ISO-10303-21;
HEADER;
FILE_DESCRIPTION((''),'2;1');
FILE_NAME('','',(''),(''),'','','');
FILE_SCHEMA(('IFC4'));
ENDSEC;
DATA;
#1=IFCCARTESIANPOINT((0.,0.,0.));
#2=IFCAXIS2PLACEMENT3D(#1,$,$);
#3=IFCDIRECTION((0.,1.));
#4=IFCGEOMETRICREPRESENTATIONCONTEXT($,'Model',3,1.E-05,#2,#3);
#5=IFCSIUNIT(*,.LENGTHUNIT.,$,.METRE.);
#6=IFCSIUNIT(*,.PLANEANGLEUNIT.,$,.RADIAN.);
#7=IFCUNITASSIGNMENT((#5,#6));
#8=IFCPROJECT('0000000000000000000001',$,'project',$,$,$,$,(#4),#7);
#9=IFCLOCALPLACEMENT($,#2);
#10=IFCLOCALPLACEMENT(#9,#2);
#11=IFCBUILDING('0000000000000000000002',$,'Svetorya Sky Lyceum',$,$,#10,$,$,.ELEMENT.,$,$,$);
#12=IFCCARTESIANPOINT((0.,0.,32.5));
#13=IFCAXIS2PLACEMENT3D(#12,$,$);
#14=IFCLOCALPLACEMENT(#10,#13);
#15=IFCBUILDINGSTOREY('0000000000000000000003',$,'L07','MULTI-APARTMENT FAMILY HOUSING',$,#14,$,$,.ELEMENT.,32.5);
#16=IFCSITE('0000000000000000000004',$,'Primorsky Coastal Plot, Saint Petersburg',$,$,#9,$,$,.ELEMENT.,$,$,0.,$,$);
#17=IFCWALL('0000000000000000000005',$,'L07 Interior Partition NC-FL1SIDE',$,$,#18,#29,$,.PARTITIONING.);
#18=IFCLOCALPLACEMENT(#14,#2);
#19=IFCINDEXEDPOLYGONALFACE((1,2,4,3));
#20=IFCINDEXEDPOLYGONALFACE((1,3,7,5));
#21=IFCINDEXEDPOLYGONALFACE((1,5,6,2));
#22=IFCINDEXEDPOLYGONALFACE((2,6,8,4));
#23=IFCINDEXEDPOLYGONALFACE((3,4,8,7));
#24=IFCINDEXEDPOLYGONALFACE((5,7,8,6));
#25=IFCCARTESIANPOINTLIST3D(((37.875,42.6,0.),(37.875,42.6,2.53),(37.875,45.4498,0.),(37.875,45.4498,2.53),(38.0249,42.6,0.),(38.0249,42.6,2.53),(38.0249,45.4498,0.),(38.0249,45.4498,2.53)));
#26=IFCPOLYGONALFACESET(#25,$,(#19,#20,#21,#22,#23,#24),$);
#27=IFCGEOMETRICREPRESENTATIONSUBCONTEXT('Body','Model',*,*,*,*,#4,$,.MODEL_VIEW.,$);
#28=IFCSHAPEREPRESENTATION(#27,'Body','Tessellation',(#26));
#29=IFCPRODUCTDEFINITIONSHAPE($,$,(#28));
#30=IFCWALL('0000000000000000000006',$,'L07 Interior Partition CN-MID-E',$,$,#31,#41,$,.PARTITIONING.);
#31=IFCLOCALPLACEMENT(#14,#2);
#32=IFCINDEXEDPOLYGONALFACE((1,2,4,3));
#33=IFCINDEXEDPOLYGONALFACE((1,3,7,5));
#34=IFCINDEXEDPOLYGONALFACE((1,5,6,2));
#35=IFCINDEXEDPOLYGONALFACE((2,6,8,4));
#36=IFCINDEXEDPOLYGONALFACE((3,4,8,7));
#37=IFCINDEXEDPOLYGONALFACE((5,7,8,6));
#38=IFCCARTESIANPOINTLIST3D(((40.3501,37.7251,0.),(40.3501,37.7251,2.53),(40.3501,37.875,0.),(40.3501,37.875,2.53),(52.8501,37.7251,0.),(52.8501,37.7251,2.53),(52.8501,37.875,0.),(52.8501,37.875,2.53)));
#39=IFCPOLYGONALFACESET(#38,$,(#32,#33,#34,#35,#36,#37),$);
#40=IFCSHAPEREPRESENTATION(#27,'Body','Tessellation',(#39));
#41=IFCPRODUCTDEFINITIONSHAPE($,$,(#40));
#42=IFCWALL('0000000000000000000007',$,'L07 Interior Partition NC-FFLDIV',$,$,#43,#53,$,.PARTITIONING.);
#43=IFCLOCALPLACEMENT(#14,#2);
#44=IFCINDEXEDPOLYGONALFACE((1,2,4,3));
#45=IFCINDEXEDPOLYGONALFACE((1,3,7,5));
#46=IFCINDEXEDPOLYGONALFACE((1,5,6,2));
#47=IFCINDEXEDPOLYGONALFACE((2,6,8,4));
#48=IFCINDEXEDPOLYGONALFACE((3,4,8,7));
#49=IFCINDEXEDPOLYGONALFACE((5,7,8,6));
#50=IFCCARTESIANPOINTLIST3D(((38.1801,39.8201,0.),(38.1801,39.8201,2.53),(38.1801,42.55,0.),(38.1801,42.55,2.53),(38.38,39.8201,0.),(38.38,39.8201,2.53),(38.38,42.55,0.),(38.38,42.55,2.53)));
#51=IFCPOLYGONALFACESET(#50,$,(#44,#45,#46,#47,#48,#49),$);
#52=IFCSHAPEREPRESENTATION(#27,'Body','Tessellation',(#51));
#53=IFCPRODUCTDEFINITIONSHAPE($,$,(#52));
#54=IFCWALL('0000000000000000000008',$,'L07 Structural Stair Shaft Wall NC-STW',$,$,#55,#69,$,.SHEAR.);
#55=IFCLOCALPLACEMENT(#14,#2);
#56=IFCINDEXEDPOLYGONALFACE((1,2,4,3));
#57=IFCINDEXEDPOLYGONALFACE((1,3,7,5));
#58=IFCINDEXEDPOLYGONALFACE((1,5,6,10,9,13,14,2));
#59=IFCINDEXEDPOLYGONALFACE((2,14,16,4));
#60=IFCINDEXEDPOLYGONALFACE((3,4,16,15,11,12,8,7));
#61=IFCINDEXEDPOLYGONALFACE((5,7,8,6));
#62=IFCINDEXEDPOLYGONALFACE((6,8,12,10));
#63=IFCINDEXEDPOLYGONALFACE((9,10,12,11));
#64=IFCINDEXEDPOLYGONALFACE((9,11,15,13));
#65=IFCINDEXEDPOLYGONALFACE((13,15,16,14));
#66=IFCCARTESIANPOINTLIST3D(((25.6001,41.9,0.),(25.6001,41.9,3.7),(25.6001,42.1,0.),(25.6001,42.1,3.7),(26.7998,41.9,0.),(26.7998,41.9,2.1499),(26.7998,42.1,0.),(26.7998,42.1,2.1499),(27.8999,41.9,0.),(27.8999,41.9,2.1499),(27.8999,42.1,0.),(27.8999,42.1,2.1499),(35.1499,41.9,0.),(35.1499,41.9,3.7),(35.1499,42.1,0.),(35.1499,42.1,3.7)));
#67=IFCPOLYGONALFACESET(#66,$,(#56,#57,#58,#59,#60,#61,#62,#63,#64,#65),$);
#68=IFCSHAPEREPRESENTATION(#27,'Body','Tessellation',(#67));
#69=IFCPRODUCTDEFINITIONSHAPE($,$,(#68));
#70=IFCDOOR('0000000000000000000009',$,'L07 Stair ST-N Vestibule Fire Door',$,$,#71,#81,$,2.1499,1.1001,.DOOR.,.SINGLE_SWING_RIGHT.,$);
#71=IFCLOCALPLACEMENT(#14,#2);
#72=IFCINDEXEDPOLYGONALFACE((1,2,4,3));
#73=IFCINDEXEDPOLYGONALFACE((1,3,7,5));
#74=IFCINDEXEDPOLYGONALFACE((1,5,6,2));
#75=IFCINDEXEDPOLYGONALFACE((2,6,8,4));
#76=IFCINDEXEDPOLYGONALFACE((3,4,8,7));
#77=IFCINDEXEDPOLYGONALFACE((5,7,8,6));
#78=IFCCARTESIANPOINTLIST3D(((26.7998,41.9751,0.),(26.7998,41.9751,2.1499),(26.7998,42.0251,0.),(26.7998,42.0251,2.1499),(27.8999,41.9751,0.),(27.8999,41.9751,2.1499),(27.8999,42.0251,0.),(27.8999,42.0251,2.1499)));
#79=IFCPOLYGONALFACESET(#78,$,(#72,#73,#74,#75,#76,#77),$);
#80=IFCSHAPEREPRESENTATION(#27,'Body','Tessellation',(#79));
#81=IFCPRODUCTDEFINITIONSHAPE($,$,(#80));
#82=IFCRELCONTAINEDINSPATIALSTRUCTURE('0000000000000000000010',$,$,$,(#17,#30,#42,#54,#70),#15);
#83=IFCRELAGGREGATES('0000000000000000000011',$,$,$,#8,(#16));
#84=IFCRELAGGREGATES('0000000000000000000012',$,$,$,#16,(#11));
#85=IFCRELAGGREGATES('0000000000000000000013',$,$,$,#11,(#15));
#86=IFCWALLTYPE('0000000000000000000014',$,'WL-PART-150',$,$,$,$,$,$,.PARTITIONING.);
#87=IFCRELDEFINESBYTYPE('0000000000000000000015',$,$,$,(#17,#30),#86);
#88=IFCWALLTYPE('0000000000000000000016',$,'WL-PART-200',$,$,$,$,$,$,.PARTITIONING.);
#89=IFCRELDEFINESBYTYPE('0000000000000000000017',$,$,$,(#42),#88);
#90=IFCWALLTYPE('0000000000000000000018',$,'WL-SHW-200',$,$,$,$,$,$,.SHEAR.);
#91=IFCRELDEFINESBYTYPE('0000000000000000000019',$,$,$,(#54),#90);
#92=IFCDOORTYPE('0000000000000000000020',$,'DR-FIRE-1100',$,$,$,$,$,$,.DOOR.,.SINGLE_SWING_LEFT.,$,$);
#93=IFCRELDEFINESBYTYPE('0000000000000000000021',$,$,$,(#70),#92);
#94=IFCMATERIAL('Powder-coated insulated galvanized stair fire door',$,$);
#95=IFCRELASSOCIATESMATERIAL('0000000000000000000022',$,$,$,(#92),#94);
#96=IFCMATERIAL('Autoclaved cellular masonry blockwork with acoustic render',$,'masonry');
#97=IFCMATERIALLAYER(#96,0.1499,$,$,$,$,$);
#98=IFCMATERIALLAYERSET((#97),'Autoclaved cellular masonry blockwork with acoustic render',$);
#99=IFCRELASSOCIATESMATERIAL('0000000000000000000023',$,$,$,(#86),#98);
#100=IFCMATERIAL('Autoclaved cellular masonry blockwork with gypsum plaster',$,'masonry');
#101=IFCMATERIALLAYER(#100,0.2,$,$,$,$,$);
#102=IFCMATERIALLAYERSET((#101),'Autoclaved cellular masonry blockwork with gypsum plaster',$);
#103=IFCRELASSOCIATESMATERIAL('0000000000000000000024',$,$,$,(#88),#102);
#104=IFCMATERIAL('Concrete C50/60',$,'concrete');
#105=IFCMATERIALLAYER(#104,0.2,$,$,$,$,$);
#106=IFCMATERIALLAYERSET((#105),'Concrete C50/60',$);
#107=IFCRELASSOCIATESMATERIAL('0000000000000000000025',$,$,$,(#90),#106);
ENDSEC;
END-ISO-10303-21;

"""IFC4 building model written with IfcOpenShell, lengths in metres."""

from ifc_helpers import new_model, si_unit, direction, frame, frame_2d, origin, place, context, subcontext, project, spatial, rectangle, extrude, material, layer, layer_set, type_object, element, fill, save


model = new_model("IFC4")

# Units and contexts
model_context = context("Model", 3, precision=1e-05, world=origin(), true_north=direction((0.0, 1.0)))
body_context = subcontext(model_context, "Body", "Model", "MODEL_VIEW")
ifc_project = project(units=[si_unit("LENGTHUNIT", "METRE"), si_unit("PLANEANGLEUNIT", "RADIAN")], contexts=[model_context])

# Site, building, storey
site_placement = place(None, origin())
site = spatial("IfcSite", under=ifc_project, at=site_placement, Name="Primorsky Coastal Plot, Saint Petersburg", CompositionType="ELEMENT", RefElevation=0.0)
building_placement = place(site_placement, origin())
building = spatial("IfcBuilding", under=site, at=building_placement, Name="Svetorya Sky Lyceum", CompositionType="ELEMENT")
storey_placement = place(building_placement, frame((0.0, 0.0, 32.5)))
storey = spatial("IfcBuildingStorey", under=building, at=storey_placement, Name="L07", Description="MULTI-APARTMENT FAMILY HOUSING", CompositionType="ELEMENT", Elevation=32.5)

# Shared definitions
ifc_material_1 = material(Name="Concrete C50/60", Category="concrete")

# Shared definitions
ifc_material_2 = material(Name="Powder-coated insulated galvanized stair fire door")
door_type_1 = type_object("IfcDoorType", Name="DR-FIRE-1100", OperationType="SINGLE_SWING_LEFT", PredefinedType="DOOR", material=ifc_material_2)

# Walls
ifc_material_3 = material(Name="Autoclaved cellular masonry blockwork with acoustic render", Category="masonry")
ifc_layer_1 = layer(ifc_material_3, 0.1499)
ifc_layer_set_1 = layer_set([ifc_layer_1], Name="Autoclaved cellular masonry blockwork with acoustic render")
wall_type_1 = type_object("IfcWallType", Name="WL-PART-150", PredefinedType="PARTITIONING", material=ifc_layer_set_1)
wall_1_placement = place(storey_placement, frame((37.95, 42.6001, 0.0), z_axis=(0.0, 0.0, 1.0), x_axis=(0.0, 1.0, 0.0)))
element("IfcWall", 1, at=wall_1_placement, inside=storey, type_object=wall_type_1, Name="L07 Interior Partition NC-FL1SIDE", PredefinedType="PARTITIONING", context=body_context, shape_type="SweptSolid", body=[
    extrude(rectangle(XDim=2.8499, YDim=0.1499, at=frame_2d((1.4248, 0.0))), origin(), (0.0, 0.0, 1.0), 2.53),
])
wall_2_placement = place(storey_placement, frame((40.3501, 37.8, 0.0), z_axis=(0.0, 0.0, 1.0), x_axis=(1.0, 0.0, 0.0)))
element("IfcWall", 2, at=wall_2_placement, inside=storey, type_object=wall_type_1, Name="L07 Interior Partition CN-MID-E", PredefinedType="PARTITIONING", context=body_context, shape_type="SweptSolid", body=[
    extrude(rectangle(XDim=12.5, YDim=0.1499, at=frame_2d((6.25, 0.0))), origin(), (0.0, 0.0, 1.0), 2.53),
])

# Shared definitions
ifc_material_4 = material(Name="Autoclaved cellular masonry blockwork with gypsum plaster", Category="masonry")
ifc_layer_2 = layer(ifc_material_4, 0.2)
ifc_layer_set_2 = layer_set([ifc_layer_2], Name="Autoclaved cellular masonry blockwork with gypsum plaster")
wall_type_2 = type_object("IfcWallType", Name="WL-PART-200", PredefinedType="PARTITIONING", material=ifc_layer_set_2)

# Wall
wall_3_placement = place(storey_placement, frame((38.28, 39.8201, 0.0), z_axis=(0.0, 0.0, 1.0), x_axis=(0.0, 1.0, 0.0)))
element("IfcWall", 3, at=wall_3_placement, inside=storey, type_object=wall_type_2, Name="L07 Interior Partition NC-FFLDIV", PredefinedType="PARTITIONING", context=body_context, shape_type="SweptSolid", body=[
    extrude(rectangle(XDim=2.73, YDim=0.2, at=frame_2d((1.365, 0.0))), origin(), (0.0, 0.0, 1.0), 2.53),
])

# Wall, opening, door
ifc_layer_3 = layer(ifc_material_1, 0.2)
ifc_layer_set_3 = layer_set([ifc_layer_3], Name="Concrete C50/60")
wall_type_3 = type_object("IfcWallType", Name="WL-SHW-200", PredefinedType="SHEAR", material=ifc_layer_set_3)
wall_4_placement = place(storey_placement, frame((35.1499, 42.0, 0.0), z_axis=(0.0, 0.0, 1.0), x_axis=(-1.0, 0.0, 0.0)))
wall_4 = element("IfcWall", 4, at=wall_4_placement, inside=storey, type_object=wall_type_3, Name="L07 Structural Stair Shaft Wall NC-STW", PredefinedType="SHEAR", context=body_context, shape_type="SweptSolid", body=[
    extrude(rectangle(XDim=9.5498, YDim=0.2, at=frame_2d((4.7749, 0.0))), origin(), (0.0, 0.0, 1.0), 3.7),
])
opening_1_placement = place(wall_4_placement, frame((7.25, 0.0, 0.0)))
opening_1 = element("IfcOpeningElement", 5, at=opening_1_placement, cuts=wall_4, PredefinedType="OPENING", context=body_context, shape_type="SweptSolid", body=[
    extrude(rectangle(XDim=1.1001, YDim=2.1499, at=frame_2d((0.55, 1.075))), frame((0.0, 0.1099, 0.0), z_axis=(0.0, -1.0, 0.0), x_axis=(1.0, 0.0, 0.0)), (0.0, 0.0, 1.0), 0.22),
])
door_1_placement = place(opening_1_placement, origin())
door_1 = element("IfcDoor", 6, at=door_1_placement, inside=storey, type_object=door_type_1, Name="L07 Stair ST-N Vestibule Fire Door", OperationType="SINGLE_SWING_RIGHT", OverallHeight=2.1499, OverallWidth=1.1001, PredefinedType="DOOR", context=body_context, shape_type="SweptSolid", body=[
    extrude(rectangle(XDim=1.1001, YDim=2.1499, at=frame_2d((0.55, 1.075))), frame((0.0, 0.0249, 0.0), z_axis=(0.0, -1.0, 0.0), x_axis=(1.0, 0.0, 0.0)), (0.0, 0.0, 1.0), 0.05),
])
fill(opening_1, door_1)

save(model, "model.ifc")
